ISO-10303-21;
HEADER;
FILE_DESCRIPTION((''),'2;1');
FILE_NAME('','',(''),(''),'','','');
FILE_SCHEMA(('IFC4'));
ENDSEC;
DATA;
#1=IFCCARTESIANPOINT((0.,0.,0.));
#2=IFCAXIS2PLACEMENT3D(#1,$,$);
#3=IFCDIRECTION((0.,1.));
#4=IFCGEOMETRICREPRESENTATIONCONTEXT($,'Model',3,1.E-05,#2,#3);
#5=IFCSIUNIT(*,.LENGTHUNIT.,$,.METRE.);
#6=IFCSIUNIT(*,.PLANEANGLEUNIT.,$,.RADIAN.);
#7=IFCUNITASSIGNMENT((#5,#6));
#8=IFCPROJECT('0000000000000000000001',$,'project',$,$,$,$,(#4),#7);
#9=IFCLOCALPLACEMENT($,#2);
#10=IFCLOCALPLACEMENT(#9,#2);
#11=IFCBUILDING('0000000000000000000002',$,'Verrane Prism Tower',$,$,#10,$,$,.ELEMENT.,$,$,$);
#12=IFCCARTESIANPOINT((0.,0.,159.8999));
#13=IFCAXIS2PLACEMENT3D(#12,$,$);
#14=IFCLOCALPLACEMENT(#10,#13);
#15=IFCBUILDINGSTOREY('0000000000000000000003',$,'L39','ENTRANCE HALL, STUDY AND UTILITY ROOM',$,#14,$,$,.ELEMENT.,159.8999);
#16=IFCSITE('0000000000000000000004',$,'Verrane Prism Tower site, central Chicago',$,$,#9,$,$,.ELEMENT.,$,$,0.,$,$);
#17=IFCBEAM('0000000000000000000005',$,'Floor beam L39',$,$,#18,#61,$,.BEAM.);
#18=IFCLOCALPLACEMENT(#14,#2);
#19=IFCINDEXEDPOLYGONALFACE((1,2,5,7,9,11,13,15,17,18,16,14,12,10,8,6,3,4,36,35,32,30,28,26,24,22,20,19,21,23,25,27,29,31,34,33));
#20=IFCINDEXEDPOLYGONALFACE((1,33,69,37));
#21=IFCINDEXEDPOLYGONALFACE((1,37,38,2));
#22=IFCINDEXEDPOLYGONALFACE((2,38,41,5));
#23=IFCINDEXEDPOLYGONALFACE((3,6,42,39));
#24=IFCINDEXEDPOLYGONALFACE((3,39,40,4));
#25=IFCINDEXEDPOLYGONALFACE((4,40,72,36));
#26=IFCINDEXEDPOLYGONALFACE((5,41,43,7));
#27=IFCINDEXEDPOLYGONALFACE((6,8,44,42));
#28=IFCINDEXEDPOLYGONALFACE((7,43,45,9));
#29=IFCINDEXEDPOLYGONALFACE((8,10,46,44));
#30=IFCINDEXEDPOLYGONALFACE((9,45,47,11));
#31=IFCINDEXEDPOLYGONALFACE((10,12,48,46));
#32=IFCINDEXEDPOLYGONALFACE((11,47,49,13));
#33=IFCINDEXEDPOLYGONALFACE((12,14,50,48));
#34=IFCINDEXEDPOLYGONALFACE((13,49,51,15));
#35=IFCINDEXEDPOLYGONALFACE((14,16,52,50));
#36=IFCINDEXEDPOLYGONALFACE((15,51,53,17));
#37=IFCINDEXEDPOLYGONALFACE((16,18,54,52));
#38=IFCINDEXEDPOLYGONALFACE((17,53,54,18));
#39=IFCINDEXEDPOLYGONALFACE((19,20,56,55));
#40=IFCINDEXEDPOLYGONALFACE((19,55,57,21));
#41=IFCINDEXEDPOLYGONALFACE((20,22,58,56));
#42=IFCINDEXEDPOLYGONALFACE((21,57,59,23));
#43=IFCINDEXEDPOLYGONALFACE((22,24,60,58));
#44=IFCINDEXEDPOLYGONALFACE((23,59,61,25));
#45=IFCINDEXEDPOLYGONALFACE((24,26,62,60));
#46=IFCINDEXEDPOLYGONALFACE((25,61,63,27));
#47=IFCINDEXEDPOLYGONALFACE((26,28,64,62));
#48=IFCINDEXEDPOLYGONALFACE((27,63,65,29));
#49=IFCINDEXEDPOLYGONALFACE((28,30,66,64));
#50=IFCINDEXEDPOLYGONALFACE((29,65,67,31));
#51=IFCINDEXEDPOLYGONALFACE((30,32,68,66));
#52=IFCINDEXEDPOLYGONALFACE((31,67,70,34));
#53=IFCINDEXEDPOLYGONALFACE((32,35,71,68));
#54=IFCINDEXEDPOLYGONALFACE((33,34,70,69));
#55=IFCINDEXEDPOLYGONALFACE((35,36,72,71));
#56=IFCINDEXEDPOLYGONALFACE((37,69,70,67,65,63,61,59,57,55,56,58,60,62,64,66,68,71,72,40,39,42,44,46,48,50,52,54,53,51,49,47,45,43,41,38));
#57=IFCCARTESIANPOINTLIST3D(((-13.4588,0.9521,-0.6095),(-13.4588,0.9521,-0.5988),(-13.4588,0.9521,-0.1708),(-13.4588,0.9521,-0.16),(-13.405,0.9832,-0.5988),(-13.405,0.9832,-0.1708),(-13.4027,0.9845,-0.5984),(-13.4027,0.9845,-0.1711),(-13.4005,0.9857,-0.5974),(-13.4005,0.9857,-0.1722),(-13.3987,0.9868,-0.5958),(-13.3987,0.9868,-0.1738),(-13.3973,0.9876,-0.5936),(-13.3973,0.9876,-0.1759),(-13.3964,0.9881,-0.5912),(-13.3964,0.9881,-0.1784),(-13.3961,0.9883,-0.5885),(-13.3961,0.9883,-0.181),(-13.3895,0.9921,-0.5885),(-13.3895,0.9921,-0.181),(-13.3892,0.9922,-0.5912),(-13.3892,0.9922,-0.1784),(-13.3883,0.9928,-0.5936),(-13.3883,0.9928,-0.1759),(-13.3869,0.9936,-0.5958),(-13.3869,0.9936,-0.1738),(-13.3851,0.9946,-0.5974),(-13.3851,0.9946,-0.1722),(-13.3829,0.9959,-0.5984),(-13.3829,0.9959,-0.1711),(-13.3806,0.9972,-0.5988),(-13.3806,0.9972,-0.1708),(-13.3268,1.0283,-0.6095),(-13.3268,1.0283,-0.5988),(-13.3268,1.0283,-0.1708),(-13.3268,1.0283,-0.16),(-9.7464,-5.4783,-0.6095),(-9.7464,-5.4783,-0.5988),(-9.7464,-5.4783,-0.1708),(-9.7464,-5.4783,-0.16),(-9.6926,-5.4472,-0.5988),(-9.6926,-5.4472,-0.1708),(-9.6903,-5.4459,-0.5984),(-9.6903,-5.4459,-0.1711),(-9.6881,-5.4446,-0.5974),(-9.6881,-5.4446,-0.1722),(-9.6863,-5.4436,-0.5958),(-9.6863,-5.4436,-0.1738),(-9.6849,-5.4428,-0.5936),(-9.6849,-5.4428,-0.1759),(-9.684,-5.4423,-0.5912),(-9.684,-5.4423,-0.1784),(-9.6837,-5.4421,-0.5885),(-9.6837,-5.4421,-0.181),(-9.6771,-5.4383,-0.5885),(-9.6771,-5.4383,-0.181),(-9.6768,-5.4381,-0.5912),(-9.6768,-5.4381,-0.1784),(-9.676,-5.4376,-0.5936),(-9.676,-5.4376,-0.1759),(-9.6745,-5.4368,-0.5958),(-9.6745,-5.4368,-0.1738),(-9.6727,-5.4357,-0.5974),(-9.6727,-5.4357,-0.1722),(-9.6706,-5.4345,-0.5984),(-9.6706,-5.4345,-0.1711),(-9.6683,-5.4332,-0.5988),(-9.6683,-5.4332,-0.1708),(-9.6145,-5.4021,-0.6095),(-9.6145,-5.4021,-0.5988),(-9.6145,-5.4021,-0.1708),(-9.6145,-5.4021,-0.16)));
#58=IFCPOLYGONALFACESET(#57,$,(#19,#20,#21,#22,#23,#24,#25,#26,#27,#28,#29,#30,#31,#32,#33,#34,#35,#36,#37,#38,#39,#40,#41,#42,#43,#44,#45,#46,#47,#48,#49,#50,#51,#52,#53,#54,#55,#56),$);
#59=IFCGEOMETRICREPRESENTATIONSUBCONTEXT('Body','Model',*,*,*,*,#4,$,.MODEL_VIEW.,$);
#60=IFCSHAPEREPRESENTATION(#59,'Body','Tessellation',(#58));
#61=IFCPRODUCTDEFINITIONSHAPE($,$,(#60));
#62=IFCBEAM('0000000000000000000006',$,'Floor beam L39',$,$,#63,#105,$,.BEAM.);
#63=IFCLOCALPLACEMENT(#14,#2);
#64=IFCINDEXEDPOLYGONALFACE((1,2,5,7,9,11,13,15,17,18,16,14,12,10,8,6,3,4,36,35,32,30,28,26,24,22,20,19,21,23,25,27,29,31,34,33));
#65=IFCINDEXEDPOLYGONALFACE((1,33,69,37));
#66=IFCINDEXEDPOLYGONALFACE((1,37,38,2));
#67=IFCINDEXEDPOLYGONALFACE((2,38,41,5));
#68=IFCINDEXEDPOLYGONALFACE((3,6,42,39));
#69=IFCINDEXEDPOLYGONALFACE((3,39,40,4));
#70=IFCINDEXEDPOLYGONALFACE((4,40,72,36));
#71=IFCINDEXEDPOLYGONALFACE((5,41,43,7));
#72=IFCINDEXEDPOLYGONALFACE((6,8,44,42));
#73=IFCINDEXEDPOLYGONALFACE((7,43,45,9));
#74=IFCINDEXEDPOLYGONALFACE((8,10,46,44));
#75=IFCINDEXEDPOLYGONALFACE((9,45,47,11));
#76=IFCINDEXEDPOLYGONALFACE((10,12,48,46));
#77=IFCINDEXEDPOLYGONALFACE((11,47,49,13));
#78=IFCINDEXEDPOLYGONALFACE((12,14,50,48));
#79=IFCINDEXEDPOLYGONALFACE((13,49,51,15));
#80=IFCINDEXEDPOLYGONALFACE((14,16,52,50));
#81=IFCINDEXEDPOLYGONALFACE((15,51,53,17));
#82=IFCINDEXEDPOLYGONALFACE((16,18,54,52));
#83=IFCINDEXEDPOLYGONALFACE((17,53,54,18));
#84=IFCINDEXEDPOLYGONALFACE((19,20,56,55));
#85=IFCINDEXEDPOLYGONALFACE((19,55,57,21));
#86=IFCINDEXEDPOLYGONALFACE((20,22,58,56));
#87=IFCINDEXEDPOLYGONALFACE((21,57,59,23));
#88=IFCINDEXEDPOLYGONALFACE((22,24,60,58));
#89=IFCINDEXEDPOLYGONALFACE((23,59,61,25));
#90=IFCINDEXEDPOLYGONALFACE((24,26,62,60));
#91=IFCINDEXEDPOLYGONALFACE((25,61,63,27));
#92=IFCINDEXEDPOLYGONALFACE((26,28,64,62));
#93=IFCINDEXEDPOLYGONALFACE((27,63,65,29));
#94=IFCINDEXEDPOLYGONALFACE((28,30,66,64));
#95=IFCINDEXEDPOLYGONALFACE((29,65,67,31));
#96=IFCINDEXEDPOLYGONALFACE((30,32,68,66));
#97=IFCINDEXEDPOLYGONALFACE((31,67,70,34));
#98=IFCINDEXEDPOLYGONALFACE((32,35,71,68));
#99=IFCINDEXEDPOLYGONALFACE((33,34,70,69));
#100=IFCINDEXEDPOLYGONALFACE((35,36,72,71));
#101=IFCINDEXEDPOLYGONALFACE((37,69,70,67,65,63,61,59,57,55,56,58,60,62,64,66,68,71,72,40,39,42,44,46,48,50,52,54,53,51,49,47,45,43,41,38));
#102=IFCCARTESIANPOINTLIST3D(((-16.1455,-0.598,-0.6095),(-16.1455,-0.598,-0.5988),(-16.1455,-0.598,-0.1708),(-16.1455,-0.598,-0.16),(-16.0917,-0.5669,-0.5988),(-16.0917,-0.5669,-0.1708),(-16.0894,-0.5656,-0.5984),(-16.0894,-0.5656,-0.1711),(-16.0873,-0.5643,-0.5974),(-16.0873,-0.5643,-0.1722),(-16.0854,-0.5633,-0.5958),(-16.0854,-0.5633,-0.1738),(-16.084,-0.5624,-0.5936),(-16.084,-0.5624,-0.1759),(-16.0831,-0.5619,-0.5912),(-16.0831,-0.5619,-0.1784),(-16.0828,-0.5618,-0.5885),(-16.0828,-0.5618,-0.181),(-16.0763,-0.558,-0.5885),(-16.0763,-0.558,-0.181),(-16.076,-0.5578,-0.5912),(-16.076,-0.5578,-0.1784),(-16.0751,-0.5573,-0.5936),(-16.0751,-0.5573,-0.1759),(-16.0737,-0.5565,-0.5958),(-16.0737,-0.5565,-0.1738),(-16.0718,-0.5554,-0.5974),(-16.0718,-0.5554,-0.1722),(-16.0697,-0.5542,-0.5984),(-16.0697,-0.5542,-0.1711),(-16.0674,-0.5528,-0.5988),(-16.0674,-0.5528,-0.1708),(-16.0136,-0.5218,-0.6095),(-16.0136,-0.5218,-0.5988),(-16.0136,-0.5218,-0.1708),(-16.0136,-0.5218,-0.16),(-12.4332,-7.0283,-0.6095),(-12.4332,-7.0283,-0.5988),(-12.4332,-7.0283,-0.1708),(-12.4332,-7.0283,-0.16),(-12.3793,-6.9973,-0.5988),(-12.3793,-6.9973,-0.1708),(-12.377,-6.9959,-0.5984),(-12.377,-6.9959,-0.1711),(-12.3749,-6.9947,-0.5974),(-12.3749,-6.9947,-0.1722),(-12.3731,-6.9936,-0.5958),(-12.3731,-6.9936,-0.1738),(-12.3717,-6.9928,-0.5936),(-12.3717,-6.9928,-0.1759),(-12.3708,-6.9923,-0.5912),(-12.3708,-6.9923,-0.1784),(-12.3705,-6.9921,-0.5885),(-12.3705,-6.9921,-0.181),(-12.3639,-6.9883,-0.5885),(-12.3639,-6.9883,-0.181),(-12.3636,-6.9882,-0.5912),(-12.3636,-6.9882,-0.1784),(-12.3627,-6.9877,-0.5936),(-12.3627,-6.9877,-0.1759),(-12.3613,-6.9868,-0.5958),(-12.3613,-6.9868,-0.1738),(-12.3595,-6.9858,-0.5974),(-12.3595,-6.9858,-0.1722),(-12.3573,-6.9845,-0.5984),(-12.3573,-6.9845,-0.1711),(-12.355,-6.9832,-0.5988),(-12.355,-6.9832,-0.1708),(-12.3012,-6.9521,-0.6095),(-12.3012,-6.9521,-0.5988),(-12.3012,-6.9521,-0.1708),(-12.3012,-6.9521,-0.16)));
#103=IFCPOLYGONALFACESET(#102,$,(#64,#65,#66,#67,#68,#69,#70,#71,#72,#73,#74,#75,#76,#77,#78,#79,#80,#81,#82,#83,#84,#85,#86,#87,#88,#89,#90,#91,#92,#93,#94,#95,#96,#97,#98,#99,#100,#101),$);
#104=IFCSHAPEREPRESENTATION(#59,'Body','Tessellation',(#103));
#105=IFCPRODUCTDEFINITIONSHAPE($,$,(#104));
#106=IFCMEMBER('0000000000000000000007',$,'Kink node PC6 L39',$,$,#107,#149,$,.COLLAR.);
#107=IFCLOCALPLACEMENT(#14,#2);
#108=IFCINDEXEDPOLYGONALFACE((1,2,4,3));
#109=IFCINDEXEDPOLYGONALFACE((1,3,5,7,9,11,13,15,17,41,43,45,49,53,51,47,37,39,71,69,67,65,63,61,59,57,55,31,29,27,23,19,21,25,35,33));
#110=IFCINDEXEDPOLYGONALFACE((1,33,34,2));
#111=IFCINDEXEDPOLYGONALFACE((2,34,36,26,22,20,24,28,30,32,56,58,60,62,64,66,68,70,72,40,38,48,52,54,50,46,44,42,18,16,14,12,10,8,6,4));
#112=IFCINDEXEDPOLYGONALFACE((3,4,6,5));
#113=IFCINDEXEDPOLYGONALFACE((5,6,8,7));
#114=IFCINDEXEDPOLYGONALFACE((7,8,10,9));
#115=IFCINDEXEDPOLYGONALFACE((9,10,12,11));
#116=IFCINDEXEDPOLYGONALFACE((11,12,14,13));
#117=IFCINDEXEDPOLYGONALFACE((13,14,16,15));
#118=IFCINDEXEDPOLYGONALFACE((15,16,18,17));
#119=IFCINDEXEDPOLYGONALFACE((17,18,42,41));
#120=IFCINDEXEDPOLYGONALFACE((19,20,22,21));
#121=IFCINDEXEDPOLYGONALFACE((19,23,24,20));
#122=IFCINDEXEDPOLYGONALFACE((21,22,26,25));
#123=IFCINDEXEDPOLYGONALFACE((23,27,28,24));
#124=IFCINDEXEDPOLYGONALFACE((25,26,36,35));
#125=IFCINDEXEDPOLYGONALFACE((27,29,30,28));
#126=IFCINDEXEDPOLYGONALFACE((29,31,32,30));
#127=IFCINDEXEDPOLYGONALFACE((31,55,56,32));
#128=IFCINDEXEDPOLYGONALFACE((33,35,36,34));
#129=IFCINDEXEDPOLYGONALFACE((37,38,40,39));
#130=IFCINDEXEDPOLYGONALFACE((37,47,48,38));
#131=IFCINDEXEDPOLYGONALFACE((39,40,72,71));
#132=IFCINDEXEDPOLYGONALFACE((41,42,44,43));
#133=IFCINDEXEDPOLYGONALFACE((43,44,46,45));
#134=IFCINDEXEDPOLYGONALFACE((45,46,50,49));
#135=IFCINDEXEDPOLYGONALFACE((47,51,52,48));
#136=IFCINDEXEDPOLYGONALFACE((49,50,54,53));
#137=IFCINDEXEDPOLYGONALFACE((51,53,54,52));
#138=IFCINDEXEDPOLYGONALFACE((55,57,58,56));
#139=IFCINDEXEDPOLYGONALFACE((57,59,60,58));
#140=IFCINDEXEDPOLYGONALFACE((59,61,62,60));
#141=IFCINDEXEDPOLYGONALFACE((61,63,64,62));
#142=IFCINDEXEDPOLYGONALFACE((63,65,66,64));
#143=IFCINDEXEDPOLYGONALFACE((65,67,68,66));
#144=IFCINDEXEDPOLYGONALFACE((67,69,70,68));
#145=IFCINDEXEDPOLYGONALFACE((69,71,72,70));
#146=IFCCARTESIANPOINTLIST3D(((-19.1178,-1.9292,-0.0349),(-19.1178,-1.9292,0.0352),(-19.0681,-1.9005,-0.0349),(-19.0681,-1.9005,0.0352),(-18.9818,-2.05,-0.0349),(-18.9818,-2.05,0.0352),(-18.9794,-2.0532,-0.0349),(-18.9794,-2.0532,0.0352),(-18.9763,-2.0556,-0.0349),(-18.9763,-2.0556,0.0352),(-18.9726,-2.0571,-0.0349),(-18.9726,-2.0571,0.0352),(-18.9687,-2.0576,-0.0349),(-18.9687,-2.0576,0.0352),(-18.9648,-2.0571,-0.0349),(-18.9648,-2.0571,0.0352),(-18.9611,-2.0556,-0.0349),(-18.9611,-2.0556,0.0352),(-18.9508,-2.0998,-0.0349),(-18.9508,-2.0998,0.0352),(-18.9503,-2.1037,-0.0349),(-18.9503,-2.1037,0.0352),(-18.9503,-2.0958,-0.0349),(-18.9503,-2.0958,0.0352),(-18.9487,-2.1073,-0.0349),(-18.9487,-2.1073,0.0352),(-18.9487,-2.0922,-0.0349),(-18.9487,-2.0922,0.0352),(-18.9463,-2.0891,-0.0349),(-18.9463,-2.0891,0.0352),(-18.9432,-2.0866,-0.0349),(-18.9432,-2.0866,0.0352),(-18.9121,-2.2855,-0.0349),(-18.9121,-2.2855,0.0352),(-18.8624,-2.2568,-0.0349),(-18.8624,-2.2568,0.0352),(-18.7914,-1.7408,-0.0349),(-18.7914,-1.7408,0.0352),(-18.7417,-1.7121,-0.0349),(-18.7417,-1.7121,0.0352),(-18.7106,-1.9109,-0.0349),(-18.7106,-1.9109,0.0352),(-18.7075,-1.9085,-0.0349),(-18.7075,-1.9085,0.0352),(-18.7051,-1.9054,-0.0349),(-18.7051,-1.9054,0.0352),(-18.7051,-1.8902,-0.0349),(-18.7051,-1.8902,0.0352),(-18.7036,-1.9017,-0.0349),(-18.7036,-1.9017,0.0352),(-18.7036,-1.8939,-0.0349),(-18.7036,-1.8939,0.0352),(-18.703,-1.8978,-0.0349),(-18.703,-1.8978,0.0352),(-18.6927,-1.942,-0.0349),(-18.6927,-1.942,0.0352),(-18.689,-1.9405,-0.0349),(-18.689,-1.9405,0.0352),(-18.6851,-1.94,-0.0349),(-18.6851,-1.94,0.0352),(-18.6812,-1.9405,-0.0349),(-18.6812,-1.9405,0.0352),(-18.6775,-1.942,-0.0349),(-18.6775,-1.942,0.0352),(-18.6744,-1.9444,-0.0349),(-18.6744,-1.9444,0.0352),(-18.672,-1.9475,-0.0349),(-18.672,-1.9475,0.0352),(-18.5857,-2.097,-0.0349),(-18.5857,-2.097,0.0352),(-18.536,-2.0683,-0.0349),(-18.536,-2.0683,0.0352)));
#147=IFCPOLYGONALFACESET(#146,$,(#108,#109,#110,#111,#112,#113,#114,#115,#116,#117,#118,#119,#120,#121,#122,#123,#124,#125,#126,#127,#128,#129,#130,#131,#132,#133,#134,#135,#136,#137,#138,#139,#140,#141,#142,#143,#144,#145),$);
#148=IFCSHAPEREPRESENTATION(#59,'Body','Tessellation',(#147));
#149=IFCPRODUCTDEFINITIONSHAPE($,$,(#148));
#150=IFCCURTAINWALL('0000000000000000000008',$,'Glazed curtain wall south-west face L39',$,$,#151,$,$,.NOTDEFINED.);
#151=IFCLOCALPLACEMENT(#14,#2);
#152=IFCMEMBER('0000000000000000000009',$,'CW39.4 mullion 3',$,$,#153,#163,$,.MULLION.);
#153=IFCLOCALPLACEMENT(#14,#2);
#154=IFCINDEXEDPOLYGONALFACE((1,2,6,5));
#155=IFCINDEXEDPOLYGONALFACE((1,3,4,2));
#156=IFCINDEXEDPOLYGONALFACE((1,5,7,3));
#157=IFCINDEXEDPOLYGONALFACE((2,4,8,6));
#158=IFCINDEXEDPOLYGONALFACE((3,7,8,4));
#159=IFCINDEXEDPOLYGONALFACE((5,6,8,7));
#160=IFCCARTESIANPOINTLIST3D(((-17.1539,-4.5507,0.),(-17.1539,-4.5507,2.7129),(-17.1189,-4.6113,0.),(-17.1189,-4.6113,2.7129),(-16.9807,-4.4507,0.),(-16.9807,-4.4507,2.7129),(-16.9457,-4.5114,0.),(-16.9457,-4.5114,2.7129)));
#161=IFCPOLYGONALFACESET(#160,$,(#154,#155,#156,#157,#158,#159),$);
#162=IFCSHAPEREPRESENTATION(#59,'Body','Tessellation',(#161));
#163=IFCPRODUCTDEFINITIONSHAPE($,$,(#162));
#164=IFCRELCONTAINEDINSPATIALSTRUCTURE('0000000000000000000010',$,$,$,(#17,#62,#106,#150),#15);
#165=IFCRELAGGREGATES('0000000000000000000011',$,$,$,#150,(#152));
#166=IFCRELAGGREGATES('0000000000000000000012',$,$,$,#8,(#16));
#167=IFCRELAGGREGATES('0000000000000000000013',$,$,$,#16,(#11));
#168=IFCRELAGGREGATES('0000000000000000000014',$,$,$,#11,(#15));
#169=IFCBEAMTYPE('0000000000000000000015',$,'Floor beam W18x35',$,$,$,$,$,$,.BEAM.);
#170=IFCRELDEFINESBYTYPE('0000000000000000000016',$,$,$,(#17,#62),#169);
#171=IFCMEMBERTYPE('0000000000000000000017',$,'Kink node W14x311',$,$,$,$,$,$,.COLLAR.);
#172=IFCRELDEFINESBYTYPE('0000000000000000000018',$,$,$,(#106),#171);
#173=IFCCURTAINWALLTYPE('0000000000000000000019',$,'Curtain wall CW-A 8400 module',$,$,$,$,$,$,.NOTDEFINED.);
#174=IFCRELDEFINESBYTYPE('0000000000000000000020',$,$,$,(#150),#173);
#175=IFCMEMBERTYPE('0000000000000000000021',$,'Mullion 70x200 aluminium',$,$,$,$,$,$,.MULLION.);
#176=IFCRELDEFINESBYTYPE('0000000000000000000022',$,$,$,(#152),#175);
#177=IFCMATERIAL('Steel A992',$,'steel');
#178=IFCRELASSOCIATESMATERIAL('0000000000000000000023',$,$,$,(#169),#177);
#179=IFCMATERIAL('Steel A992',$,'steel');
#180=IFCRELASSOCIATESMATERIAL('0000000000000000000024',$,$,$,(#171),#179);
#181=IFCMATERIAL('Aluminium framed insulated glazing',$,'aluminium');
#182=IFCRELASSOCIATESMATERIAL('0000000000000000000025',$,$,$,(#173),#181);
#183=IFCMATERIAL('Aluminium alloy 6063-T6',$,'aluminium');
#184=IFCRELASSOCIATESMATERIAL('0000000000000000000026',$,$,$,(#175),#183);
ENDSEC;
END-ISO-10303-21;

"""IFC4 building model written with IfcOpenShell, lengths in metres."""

from ifc_helpers import new_model, si_unit, direction, frame, origin, origin_2d, place, context, subcontext, project, spatial, rectangle, i_section, extrude, material, material_profile, profile_set, type_object, element, aggregate, save


model = new_model("IFC4")

# Units and contexts
model_context = context("Model", 3, precision=1e-05, world=origin(), true_north=direction((0.0, 1.0)))
body_context = subcontext(model_context, "Body", "Model", "MODEL_VIEW")
ifc_project = project(units=[si_unit("LENGTHUNIT", "METRE"), si_unit("PLANEANGLEUNIT", "RADIAN")], contexts=[model_context])

# Site, building, storey
site_placement = place(None, origin())
site = spatial("IfcSite", under=ifc_project, at=site_placement, Name="Verrane Prism Tower site, central Chicago", CompositionType="ELEMENT", RefElevation=0.0)
building_placement = place(site_placement, origin())
building = spatial("IfcBuilding", under=site, at=building_placement, Name="Verrane Prism Tower", CompositionType="ELEMENT")
storey_placement = place(building_placement, frame((0.0, 0.0, 159.8999)))
storey = spatial("IfcBuildingStorey", under=building, at=storey_placement, Name="L39", Description="ENTRANCE HALL, STUDY AND UTILITY ROOM", CompositionType="ELEMENT", Elevation=159.8999)

# Beams
ifc_material_1 = material(Name="Steel A992", Category="steel")
ifc_material_profile_1 = material_profile(ifc_material_1, i_section(OverallWidth=0.1523, OverallDepth=0.4495, WebThickness=0.0076, FlangeThickness=0.0107, FilletRadius=0.0103, at=origin_2d()), Name="W18x35")
ifc_profile_set_1 = profile_set([ifc_material_profile_1], Name="Steel A992")
beam_type_1 = type_object("IfcBeamType", Name="Floor beam W18x35", PredefinedType="BEAM", material=ifc_profile_set_1)
for number, where, z_axis, x_axis, name in (
    (1, (-9.6804, -5.4402, -0.3848), (-0.49998, 0.866037, 0.0), (-0.866037, -0.49998, 0.0), "Floor beam L39"),
    (2, (-12.3672, -6.9902, -0.3848), (-0.49998, 0.866037, 0.0), (-0.866037, -0.49998, 0.0), "Floor beam L39"),
):
    element("IfcBeam", number, at=place(storey_placement, frame(where, z_axis=z_axis, x_axis=x_axis)), inside=storey, type_object=beam_type_1, Name=name, PredefinedType="BEAM", context=body_context, shape_type="SweptSolid", body=[
        extrude(i_section(OverallWidth=0.1523, OverallDepth=0.4495, WebThickness=0.0076, FlangeThickness=0.0107, FilletRadius=0.0103, at=origin_2d()), origin(), (0.0, 0.0, 1.0), 7.425),
    ])

# Member
ifc_material_2 = material(Name="Steel A992", Category="steel")
ifc_material_profile_2 = material_profile(ifc_material_2, i_section(OverallWidth=0.4114, OverallDepth=0.4343, WebThickness=0.0359, FlangeThickness=0.0574, FilletRadius=0.0151, at=origin_2d()), Name="W14x311")
ifc_profile_set_2 = profile_set([ifc_material_profile_2], Name="Steel A992")
member_type_1 = type_object("IfcMemberType", Name="Kink node W14x311", PredefinedType="COLLAR", material=ifc_profile_set_2)
member_1_placement = place(storey_placement, frame((-18.8269, -1.9988, -0.0349), z_axis=(0.0, 0.0, 1.0), x_axis=(-0.5, 0.866025, 0.0)))
element("IfcMember", 3, at=member_1_placement, inside=storey, type_object=member_type_1, Name="Kink node PC6 L39", PredefinedType="COLLAR", context=body_context, shape_type="SweptSolid", body=[
    extrude(i_section(OverallWidth=0.4114, OverallDepth=0.4343, WebThickness=0.0359, FlangeThickness=0.0574, FilletRadius=0.0151, at=origin_2d()), origin(), (0.0, 0.0, 1.0), 0.0701),
])

# Curtain wall, member
ifc_material_3 = material(Name="Aluminium framed insulated glazing", Category="aluminium")
curtain_wall_type = type_object("IfcCurtainWallType", Name="Curtain wall CW-A 8400 module", PredefinedType="NOTDEFINED", material=ifc_material_3)
curtain_wall_placement = place(storey_placement, origin())
curtain_wall = element("IfcCurtainWall", 4, at=curtain_wall_placement, inside=storey, type_object=curtain_wall_type, Name="Glazed curtain wall south-west face L39", PredefinedType="NOTDEFINED")
ifc_material_4 = material(Name="Aluminium alloy 6063-T6", Category="aluminium")
ifc_material_profile_3 = material_profile(ifc_material_4, rectangle(XDim=0.2, YDim=0.0701, at=origin_2d()), Name="Mullion 70x200 aluminium")
ifc_profile_set_3 = profile_set([ifc_material_profile_3], Name="Aluminium alloy 6063-T6")
member_type_2 = type_object("IfcMemberType", Name="Mullion 70x200 aluminium", PredefinedType="MULLION", material=ifc_profile_set_3)
member_2_placement = place(storey_placement, frame((-17.0498, -4.531, 0.0), z_axis=(0.0, 0.0, 1.0), x_axis=(0.866026, 0.499999, 0.0)))
member_2 = element("IfcMember", 5, at=member_2_placement, type_object=member_type_2, Name="CW39.4 mullion 3", PredefinedType="MULLION", context=body_context, shape_type="SweptSolid", body=[
    extrude(rectangle(XDim=0.2, YDim=0.0701, at=origin_2d()), origin(), (0.0, 0.0, 1.0), 2.7129),
])

aggregate(curtain_wall, [member_2])

save(model, "model.ifc")
